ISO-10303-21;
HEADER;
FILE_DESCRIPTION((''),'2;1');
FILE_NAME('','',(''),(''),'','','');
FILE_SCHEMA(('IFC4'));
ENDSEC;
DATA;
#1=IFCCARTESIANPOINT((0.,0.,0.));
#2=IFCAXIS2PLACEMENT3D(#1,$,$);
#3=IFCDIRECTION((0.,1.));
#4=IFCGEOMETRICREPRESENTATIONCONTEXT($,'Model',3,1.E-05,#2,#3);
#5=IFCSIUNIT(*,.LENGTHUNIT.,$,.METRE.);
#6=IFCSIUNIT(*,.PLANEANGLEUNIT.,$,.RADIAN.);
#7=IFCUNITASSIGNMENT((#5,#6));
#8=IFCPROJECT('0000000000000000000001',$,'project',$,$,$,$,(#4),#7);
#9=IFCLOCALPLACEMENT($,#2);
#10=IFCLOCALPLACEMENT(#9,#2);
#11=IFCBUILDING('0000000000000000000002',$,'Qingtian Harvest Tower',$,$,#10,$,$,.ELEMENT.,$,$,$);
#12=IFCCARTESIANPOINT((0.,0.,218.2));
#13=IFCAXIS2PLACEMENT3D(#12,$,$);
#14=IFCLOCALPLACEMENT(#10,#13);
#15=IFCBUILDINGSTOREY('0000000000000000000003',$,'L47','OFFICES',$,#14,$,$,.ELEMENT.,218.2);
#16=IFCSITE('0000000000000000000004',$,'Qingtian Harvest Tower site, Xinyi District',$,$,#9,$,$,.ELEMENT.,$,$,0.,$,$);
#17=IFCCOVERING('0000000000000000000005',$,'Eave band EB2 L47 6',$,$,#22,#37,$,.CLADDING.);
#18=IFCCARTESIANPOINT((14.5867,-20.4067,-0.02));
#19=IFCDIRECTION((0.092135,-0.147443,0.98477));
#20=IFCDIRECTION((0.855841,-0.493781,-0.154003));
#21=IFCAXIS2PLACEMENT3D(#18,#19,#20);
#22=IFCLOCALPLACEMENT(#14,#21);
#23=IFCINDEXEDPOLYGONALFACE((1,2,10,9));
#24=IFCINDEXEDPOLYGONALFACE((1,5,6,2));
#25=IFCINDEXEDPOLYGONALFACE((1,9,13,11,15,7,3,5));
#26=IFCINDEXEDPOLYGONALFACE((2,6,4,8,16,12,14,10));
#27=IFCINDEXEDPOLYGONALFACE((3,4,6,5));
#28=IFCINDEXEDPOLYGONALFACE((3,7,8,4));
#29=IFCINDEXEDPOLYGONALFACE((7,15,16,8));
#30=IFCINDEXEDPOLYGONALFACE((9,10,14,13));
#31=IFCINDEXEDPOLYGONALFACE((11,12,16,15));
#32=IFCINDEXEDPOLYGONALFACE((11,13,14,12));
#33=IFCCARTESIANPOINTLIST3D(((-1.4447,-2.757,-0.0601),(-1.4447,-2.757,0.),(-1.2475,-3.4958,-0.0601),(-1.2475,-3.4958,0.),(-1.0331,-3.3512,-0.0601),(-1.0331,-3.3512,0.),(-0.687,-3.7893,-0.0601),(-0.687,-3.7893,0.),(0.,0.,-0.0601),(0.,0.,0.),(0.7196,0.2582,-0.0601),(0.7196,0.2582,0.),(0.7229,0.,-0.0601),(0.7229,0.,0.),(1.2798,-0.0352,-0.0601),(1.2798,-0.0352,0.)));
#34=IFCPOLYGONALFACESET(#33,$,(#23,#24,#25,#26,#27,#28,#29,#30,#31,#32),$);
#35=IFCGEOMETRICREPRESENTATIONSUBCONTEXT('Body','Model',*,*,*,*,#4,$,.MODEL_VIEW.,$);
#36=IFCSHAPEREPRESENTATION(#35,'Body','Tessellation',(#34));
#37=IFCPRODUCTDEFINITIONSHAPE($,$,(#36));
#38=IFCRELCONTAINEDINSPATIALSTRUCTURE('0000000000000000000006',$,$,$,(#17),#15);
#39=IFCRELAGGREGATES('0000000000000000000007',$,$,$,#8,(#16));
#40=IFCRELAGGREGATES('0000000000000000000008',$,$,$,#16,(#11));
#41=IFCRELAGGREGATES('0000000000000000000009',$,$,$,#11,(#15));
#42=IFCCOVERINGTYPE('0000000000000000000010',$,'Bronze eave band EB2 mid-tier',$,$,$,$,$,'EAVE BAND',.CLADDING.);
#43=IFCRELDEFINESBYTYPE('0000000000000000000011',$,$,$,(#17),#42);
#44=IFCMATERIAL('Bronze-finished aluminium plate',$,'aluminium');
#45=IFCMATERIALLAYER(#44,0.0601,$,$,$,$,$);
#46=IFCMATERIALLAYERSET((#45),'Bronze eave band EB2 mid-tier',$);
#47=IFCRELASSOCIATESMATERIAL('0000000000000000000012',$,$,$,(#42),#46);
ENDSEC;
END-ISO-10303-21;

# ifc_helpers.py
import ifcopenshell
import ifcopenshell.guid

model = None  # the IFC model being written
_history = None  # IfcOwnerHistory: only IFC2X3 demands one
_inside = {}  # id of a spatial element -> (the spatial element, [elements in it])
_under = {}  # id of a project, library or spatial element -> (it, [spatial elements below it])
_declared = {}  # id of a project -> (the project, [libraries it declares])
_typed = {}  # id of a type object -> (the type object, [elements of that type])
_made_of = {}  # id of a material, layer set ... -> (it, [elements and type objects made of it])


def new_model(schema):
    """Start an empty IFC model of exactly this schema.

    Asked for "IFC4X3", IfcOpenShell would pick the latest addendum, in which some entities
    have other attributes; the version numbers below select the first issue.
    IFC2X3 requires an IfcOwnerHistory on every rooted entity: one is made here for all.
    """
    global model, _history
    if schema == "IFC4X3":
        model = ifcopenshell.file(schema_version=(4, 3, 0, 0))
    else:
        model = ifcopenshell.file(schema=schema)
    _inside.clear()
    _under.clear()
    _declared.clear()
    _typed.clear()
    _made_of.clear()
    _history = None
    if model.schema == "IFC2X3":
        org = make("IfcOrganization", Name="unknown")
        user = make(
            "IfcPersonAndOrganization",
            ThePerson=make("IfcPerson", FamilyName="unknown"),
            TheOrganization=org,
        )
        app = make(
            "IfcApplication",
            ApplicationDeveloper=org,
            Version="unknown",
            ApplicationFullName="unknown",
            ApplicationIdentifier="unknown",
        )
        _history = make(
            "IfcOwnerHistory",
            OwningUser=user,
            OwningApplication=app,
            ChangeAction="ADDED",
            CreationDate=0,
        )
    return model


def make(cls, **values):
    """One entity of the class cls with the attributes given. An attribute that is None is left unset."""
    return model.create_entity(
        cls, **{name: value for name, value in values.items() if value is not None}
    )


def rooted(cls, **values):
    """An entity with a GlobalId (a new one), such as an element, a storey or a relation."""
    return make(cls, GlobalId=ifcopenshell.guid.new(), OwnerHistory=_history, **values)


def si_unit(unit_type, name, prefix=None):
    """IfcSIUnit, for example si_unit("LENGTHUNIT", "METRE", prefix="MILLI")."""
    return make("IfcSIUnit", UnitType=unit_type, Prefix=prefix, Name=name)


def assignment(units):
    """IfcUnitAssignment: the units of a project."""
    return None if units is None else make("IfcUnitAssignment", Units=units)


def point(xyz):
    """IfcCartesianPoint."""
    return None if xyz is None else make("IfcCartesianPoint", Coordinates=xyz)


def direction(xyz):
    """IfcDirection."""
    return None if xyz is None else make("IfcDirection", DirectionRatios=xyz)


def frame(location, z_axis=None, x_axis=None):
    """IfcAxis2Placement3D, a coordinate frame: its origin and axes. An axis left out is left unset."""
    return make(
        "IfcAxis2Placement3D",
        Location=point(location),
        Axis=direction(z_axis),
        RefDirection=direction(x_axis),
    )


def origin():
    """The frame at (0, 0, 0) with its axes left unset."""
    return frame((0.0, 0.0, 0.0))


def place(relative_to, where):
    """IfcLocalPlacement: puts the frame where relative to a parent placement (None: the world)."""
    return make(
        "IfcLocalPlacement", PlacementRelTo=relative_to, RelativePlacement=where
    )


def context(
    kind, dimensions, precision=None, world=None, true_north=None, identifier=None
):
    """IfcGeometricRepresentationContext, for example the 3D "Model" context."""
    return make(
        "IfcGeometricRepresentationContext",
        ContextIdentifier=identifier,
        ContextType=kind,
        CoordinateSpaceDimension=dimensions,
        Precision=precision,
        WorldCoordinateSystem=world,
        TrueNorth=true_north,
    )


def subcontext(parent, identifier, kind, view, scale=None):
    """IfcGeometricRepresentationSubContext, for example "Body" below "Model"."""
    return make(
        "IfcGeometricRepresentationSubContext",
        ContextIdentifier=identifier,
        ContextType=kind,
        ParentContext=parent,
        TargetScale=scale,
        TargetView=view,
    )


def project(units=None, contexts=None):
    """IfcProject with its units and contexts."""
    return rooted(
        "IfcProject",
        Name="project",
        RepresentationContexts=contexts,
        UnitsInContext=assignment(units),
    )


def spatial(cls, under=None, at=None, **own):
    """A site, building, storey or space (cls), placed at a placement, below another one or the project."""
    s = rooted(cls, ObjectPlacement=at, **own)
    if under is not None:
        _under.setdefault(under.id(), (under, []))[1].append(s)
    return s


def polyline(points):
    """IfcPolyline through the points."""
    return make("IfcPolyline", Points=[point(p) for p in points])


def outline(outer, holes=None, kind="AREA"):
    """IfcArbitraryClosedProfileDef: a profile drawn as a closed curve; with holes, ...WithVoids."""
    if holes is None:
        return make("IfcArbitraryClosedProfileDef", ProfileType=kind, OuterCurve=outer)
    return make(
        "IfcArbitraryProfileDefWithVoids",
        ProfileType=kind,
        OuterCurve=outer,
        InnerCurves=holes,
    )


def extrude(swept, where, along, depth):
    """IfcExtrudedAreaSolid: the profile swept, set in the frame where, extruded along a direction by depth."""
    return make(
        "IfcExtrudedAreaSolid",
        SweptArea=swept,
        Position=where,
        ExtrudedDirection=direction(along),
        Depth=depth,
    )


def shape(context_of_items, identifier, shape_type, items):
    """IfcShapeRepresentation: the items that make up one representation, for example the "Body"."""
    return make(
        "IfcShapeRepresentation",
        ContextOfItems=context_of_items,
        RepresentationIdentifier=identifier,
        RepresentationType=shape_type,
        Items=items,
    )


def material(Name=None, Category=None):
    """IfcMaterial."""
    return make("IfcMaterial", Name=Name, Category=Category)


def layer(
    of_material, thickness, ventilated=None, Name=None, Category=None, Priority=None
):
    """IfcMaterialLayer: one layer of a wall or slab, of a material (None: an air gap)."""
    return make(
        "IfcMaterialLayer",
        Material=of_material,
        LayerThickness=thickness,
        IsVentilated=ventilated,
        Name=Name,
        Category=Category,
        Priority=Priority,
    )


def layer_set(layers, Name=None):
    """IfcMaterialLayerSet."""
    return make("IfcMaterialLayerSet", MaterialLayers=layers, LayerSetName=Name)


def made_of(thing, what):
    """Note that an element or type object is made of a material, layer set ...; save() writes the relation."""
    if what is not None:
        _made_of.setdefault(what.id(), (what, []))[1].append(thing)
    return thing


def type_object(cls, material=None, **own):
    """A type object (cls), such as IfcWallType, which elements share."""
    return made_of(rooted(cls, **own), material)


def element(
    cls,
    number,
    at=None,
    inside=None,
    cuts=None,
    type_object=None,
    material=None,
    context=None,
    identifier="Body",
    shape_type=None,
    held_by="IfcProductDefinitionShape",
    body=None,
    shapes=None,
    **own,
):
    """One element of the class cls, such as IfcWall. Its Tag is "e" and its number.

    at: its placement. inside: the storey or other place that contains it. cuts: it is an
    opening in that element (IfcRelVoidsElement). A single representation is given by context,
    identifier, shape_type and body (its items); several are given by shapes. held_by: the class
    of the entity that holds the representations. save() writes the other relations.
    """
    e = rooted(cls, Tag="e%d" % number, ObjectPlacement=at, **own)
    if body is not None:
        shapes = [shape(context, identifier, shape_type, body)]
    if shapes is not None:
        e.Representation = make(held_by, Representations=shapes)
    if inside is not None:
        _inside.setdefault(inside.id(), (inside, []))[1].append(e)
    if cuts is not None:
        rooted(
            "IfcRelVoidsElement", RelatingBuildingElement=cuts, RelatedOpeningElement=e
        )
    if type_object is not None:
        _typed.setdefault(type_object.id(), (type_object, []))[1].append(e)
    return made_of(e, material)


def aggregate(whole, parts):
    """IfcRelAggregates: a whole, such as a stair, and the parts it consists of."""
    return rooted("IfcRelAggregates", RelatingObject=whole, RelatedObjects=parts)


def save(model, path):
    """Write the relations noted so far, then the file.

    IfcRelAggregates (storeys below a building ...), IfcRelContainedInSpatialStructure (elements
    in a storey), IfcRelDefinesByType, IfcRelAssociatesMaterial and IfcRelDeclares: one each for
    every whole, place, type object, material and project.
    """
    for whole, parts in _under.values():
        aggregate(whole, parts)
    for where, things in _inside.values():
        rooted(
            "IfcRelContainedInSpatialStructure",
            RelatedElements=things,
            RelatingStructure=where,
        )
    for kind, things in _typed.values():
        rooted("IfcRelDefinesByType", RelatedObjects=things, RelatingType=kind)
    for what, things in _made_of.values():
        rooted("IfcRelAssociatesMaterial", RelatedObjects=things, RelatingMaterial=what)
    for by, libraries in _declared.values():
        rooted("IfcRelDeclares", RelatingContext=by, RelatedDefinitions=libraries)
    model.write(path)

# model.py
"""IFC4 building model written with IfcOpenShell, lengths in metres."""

from ifc_helpers import new_model, si_unit, direction, frame, origin, place, context, subcontext, project, spatial, polyline, outline, extrude, material, layer, layer_set, type_object, element, save


model = new_model("IFC4")

# Units and contexts
model_context = context("Model", 3, precision=1e-05, world=origin(), true_north=direction((0.0, 1.0)))
body_context = subcontext(model_context, "Body", "Model", "MODEL_VIEW")
ifc_project = project(units=[si_unit("LENGTHUNIT", "METRE"), si_unit("PLANEANGLEUNIT", "RADIAN")], contexts=[model_context])

# Site, building, storey
site_placement = place(None, origin())
site = spatial("IfcSite", under=ifc_project, at=site_placement, Name="Qingtian Harvest Tower site, Xinyi District", CompositionType="ELEMENT", RefElevation=0.0)
building_placement = place(site_placement, origin())
building = spatial("IfcBuilding", under=site, at=building_placement, Name="Qingtian Harvest Tower", CompositionType="ELEMENT")
storey_placement = place(building_placement, frame((0.0, 0.0, 218.2)))
storey = spatial("IfcBuildingStorey", under=building, at=storey_placement, Name="L47", Description="OFFICES", CompositionType="ELEMENT", Elevation=218.2)

# Covering
ifc_material_1 = material(Name="Bronze-finished aluminium plate", Category="aluminium")
ifc_layer_1 = layer(ifc_material_1, 0.0601)
ifc_layer_set_1 = layer_set([ifc_layer_1], Name="Bronze eave band EB2 mid-tier")
covering_type = type_object("IfcCoveringType", Name="Bronze eave band EB2 mid-tier", ElementType="EAVE BAND", PredefinedType="CLADDING", material=ifc_layer_set_1)
covering_placement = place(storey_placement, frame((14.5867, -20.4067, -0.02), z_axis=(0.092135, -0.147443, 0.98477), x_axis=(0.855841, -0.493781, -0.154003)))
element("IfcCovering", 1, at=covering_placement, inside=storey, type_object=covering_type, Name="Eave band EB2 L47 6", PredefinedType="CLADDING", context=body_context, shape_type="SweptSolid", body=[
    extrude(outline(polyline([(0.0, 0.0), (0.7229, 0.0), (0.7196, 0.2582), (1.2798, -0.0352), (-0.687, -3.7893), (-1.2475, -3.4958), (-1.0331, -3.3512), (-1.4447, -2.757), (0.0, 0.0)])), origin(), (0.0, 0.0, -1.0), 0.0601),
])

save(model, "model.ifc")
